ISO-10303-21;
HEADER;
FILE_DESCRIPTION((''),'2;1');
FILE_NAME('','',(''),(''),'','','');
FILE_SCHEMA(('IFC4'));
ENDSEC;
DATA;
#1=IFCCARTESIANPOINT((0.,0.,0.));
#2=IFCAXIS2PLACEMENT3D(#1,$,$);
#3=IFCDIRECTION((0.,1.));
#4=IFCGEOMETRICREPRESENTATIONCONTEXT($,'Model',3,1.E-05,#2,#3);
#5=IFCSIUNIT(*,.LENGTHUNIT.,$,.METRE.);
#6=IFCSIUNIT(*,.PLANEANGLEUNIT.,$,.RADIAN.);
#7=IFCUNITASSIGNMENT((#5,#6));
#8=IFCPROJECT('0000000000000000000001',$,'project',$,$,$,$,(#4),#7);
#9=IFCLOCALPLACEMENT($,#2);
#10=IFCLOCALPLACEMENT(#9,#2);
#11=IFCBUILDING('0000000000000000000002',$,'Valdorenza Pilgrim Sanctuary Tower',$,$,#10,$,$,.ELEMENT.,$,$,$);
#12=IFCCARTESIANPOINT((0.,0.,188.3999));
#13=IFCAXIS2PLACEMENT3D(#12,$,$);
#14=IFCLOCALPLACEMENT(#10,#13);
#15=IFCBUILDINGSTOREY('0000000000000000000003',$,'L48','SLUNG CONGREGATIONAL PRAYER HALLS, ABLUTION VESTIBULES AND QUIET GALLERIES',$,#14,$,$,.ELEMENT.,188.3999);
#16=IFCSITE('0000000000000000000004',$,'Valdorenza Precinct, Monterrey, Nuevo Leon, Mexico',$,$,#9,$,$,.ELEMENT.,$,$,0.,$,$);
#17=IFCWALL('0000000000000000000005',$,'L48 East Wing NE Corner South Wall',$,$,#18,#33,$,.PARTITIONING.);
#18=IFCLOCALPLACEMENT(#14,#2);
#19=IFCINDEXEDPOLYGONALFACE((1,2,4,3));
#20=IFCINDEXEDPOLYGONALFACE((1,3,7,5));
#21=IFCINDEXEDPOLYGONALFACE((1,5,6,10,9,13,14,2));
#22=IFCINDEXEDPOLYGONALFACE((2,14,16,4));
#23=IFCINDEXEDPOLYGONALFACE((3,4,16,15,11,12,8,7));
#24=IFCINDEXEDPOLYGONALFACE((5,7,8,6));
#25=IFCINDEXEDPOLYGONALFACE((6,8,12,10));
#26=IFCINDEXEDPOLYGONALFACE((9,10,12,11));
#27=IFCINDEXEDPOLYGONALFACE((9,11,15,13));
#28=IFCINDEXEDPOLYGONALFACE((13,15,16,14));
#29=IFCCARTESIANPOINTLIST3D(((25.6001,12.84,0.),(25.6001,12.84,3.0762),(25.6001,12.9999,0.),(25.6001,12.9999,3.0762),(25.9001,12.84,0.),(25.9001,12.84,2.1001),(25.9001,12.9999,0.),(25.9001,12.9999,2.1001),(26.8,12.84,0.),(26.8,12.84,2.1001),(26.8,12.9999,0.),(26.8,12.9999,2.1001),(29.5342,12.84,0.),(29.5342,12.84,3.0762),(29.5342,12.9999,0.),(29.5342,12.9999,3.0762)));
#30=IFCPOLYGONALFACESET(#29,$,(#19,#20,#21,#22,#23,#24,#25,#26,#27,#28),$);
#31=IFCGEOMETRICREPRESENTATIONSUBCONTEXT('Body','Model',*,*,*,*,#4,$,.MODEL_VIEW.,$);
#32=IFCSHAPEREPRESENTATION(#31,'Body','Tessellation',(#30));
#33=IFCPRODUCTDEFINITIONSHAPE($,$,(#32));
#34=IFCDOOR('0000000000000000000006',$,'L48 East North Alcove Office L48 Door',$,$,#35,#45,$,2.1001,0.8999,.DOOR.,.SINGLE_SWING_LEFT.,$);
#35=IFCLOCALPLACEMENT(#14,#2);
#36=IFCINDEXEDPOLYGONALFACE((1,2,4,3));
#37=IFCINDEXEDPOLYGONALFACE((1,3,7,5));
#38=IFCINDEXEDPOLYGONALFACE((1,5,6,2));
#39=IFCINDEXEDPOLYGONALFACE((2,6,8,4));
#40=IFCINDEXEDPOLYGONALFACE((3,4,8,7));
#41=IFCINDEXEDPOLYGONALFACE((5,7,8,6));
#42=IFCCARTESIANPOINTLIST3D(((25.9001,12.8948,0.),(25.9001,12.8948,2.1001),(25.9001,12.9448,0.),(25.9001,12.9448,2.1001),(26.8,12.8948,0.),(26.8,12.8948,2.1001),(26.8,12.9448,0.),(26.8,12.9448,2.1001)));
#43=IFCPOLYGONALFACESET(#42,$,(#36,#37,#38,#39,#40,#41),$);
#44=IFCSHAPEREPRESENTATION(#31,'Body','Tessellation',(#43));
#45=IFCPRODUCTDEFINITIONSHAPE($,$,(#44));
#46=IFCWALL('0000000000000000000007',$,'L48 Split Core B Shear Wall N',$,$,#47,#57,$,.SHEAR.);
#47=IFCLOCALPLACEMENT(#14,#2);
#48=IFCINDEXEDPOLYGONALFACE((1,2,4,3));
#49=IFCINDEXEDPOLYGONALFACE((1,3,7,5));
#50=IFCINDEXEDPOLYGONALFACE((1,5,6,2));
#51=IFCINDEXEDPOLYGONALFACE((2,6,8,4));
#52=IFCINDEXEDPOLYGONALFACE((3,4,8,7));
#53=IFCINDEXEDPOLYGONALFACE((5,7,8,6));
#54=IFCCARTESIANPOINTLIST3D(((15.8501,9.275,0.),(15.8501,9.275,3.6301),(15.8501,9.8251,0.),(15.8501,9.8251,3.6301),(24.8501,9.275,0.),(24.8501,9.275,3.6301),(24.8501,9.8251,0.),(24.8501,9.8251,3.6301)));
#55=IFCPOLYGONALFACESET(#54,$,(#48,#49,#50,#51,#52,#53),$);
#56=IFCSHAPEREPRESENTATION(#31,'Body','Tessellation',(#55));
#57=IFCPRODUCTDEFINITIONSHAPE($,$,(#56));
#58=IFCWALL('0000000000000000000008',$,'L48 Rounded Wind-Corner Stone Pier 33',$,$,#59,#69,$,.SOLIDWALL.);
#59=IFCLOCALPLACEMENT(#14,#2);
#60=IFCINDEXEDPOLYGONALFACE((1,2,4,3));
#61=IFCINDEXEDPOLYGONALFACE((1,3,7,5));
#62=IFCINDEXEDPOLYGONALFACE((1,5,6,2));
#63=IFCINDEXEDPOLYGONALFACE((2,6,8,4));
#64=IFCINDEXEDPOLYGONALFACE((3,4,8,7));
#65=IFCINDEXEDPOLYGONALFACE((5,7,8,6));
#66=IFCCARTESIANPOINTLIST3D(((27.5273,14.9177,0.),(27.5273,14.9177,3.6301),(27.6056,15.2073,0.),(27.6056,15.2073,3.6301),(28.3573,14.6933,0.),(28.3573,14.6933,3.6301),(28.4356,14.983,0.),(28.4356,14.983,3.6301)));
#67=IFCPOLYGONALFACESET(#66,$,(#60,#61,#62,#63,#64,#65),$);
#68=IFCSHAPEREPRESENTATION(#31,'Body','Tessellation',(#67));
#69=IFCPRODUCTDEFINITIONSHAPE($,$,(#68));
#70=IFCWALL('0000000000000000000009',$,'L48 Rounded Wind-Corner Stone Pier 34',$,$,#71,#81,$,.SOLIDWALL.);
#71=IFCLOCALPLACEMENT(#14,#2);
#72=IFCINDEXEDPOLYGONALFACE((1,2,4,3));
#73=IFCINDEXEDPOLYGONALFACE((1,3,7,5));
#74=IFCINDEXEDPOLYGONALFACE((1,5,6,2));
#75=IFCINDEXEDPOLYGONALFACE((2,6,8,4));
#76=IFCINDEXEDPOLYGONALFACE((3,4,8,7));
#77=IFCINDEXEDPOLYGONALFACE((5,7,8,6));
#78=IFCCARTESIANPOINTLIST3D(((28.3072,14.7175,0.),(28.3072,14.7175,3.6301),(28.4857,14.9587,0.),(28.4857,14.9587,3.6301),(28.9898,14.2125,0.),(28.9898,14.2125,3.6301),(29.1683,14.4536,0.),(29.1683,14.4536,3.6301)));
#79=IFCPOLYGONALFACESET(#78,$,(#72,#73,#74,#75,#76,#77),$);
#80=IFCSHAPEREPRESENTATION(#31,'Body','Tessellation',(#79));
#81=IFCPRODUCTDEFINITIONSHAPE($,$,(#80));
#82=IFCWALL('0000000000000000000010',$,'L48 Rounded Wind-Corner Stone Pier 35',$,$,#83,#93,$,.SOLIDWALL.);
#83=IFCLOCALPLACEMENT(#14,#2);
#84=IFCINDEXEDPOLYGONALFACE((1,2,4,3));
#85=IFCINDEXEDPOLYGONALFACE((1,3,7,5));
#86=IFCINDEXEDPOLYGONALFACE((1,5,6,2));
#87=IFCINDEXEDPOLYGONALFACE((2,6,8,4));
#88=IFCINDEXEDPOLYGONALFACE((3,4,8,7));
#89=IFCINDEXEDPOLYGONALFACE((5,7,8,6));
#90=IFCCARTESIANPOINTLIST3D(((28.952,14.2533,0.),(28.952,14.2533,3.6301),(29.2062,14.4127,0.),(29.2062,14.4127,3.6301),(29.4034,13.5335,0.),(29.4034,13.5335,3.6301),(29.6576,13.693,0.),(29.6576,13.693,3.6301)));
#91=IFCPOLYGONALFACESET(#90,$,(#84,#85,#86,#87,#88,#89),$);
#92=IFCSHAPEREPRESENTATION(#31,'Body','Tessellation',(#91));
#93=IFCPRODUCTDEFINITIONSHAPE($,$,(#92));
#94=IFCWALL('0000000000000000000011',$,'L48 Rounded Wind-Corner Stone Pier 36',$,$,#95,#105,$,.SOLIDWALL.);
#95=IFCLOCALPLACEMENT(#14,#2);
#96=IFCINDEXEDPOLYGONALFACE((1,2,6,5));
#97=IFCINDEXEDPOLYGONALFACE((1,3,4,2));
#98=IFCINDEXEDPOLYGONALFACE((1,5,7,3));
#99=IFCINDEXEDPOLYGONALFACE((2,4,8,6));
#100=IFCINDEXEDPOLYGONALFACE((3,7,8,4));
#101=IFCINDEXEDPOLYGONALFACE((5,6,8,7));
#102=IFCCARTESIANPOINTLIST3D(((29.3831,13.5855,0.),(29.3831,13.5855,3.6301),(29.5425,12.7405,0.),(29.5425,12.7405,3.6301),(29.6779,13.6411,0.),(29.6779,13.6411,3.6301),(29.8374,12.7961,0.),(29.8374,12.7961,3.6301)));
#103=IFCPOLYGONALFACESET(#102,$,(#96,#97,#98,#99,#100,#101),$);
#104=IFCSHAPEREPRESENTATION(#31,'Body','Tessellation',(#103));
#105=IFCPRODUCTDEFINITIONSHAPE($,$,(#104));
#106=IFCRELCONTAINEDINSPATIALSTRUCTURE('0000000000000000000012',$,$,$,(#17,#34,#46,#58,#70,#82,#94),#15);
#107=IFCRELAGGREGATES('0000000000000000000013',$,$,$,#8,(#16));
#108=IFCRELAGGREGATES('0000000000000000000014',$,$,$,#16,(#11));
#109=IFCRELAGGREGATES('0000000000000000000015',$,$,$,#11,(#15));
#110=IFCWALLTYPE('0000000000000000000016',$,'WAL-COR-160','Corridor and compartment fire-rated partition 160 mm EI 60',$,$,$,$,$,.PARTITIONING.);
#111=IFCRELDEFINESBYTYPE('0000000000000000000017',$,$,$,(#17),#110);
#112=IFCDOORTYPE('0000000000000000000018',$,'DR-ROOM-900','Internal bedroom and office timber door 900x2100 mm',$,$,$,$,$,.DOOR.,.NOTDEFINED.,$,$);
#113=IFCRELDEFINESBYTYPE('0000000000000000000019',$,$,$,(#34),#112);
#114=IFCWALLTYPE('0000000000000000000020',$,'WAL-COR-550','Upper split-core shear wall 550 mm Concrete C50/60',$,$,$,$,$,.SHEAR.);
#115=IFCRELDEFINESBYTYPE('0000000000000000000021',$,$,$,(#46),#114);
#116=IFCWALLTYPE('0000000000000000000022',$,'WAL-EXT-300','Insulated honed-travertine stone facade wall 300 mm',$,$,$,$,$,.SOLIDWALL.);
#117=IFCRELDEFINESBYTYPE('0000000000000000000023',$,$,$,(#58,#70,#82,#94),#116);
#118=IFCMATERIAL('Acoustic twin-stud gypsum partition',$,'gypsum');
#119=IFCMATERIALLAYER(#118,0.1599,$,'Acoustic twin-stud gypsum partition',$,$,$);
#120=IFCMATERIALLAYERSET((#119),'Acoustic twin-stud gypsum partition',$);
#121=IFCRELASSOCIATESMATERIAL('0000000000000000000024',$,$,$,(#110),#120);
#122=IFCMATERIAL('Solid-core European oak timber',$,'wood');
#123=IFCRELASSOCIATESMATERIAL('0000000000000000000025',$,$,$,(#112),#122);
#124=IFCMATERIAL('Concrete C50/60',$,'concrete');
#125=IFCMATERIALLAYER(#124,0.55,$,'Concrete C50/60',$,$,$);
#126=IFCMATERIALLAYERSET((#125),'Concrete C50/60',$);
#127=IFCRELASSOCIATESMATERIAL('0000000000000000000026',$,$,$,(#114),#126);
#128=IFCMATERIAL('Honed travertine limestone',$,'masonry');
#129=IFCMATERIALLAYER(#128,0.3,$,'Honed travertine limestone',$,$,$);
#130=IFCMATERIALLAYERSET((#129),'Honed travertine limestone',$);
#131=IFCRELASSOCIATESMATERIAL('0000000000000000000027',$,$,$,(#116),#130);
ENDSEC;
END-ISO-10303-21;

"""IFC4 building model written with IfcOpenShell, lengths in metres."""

from ifc_helpers import new_model, si_unit, direction, frame, frame_2d, origin, place, context, subcontext, project, spatial, rectangle, extrude, material, layer, layer_set, type_object, element, fill, save


model = new_model("IFC4")

# Units and contexts
model_context = context("Model", 3, precision=1e-05, world=origin(), true_north=direction((0.0, 1.0)))
body_context = subcontext(model_context, "Body", "Model", "MODEL_VIEW")
ifc_project = project(units=[si_unit("LENGTHUNIT", "METRE"), si_unit("PLANEANGLEUNIT", "RADIAN")], contexts=[model_context])

# Site, building, storey
site_placement = place(None, origin())
site = spatial("IfcSite", under=ifc_project, at=site_placement, Name="Valdorenza Precinct, Monterrey, Nuevo Leon, Mexico", CompositionType="ELEMENT", RefElevation=0.0)
building_placement = place(site_placement, origin())
building = spatial("IfcBuilding", under=site, at=building_placement, Name="Valdorenza Pilgrim Sanctuary Tower", CompositionType="ELEMENT")
storey_placement = place(building_placement, frame((0.0, 0.0, 188.3999)))
storey = spatial("IfcBuildingStorey", under=building, at=storey_placement, Name="L48", Description="SLUNG CONGREGATIONAL PRAYER HALLS, ABLUTION VESTIBULES AND QUIET GALLERIES", CompositionType="ELEMENT", Elevation=188.3999)

# Shared definitions
ifc_material_1 = material(Name="Concrete C50/60", Category="concrete")

# Shared definitions
ifc_material_2 = material(Name="Honed travertine limestone", Category="masonry")

# Shared definitions
ifc_material_3 = material(Name="Acoustic twin-stud gypsum partition", Category="gypsum")
ifc_layer_1 = layer(ifc_material_3, 0.1599, Name="Acoustic twin-stud gypsum partition")
ifc_layer_set_1 = layer_set([ifc_layer_1], Name="Acoustic twin-stud gypsum partition")
wall_type_1 = type_object("IfcWallType", Name="WAL-COR-160", Description="Corridor and compartment fire-rated partition 160 mm EI 60", PredefinedType="PARTITIONING", material=ifc_layer_set_1)

# Wall, opening, door
wall_1_placement = place(storey_placement, frame((25.6001, 12.9199, 0.0), z_axis=(0.0, 0.0, 1.0), x_axis=(1.0, 0.0, 0.0)))
wall_1 = element("IfcWall", 1, at=wall_1_placement, inside=storey, type_object=wall_type_1, Name="L48 East Wing NE Corner South Wall", PredefinedType="PARTITIONING", context=body_context, shape_type="SweptSolid", body=[
    extrude(rectangle(XDim=3.9341, YDim=0.1599, at=frame_2d((1.967, 0.0))), origin(), (0.0, 0.0, 1.0), 3.0762),
])
opening_placement = place(wall_1_placement, frame((0.3, 0.0, 0.0)))
opening = element("IfcOpeningElement", 2, at=opening_placement, cuts=wall_1, PredefinedType="OPENING", context=body_context, shape_type="SweptSolid", body=[
    extrude(rectangle(XDim=0.8999, YDim=2.1001, at=frame_2d((0.45, 1.05))), frame((0.0, 0.0947, 0.0), z_axis=(0.0, -1.0, 0.0), x_axis=(1.0, 0.0, 0.0)), (0.0, 0.0, 1.0), 0.1897),
])
ifc_material_4 = material(Name="Solid-core European oak timber", Category="wood")
door_type = type_object("IfcDoorType", Name="DR-ROOM-900", Description="Internal bedroom and office timber door 900x2100 mm", OperationType="NOTDEFINED", PredefinedType="DOOR", material=ifc_material_4)
door_placement = place(opening_placement, origin())
door = element("IfcDoor", 3, at=door_placement, inside=storey, type_object=door_type, Name="L48 East North Alcove Office L48 Door", OperationType="SINGLE_SWING_LEFT", OverallHeight=2.1001, OverallWidth=0.8999, PredefinedType="DOOR", context=body_context, shape_type="SweptSolid", body=[
    extrude(rectangle(XDim=0.8999, YDim=2.1001, at=frame_2d((0.45, 1.05))), frame((0.0, 0.0249, 0.0), z_axis=(0.0, -1.0, 0.0), x_axis=(1.0, 0.0, 0.0)), (0.0, 0.0, 1.0), 0.05),
])
fill(opening, door)

# Walls
ifc_layer_2 = layer(ifc_material_1, 0.55, Name="Concrete C50/60")
ifc_layer_set_2 = layer_set([ifc_layer_2], Name="Concrete C50/60")
wall_type_2 = type_object("IfcWallType", Name="WAL-COR-550", Description="Upper split-core shear wall 550 mm Concrete C50/60", PredefinedType="SHEAR", material=ifc_layer_set_2)
wall_2_placement = place(storey_placement, frame((15.8501, 9.55, 0.0), z_axis=(0.0, 0.0, 1.0), x_axis=(1.0, 0.0, 0.0)))
element("IfcWall", 4, at=wall_2_placement, inside=storey, type_object=wall_type_2, Name="L48 Split Core B Shear Wall N", PredefinedType="SHEAR", context=body_context, shape_type="SweptSolid", body=[
    extrude(rectangle(XDim=9.0, YDim=0.55, at=frame_2d((4.5, 0.0))), origin(), (0.0, 0.0, 1.0), 3.6301),
])
ifc_layer_3 = layer(ifc_material_2, 0.3, Name="Honed travertine limestone")
ifc_layer_set_3 = layer_set([ifc_layer_3], Name="Honed travertine limestone")
wall_type_3 = type_object("IfcWallType", Name="WAL-EXT-300", Description="Insulated honed-travertine stone facade wall 300 mm", PredefinedType="SOLIDWALL", material=ifc_layer_set_3)
wall_3_placement = place(storey_placement, frame((27.5664, 15.0625, 0.0), z_axis=(0.0, 0.0, 1.0), x_axis=(0.965358, -0.26093, 0.0)))
element("IfcWall", 5, at=wall_3_placement, inside=storey, type_object=wall_type_3, Name="L48 Rounded Wind-Corner Stone Pier 33", PredefinedType="SOLIDWALL", context=body_context, shape_type="SweptSolid", body=[
    extrude(rectangle(XDim=0.8599, YDim=0.3, at=frame_2d((0.4299, 0.0))), origin(), (0.0, 0.0, 1.0), 3.6301),
])
wall_4_placement = place(storey_placement, frame((28.3965, 14.8381, 0.0), z_axis=(0.0, 0.0, 1.0), x_axis=(0.803847, -0.594836, 0.0)))
element("IfcWall", 6, at=wall_4_placement, inside=storey, type_object=wall_type_3, Name="L48 Rounded Wind-Corner Stone Pier 34", PredefinedType="SOLIDWALL", context=body_context, shape_type="SweptSolid", body=[
    extrude(rectangle(XDim=0.8491, YDim=0.3, at=frame_2d((0.4246, 0.0))), origin(), (0.0, 0.0, 1.0), 3.6301),
])
wall_5_placement = place(storey_placement, frame((29.0791, 14.333, 0.0), z_axis=(0.0, 0.0, 1.0), x_axis=(0.531341, -0.847158, 0.0)))
element("IfcWall", 7, at=wall_5_placement, inside=storey, type_object=wall_type_3, Name="L48 Rounded Wind-Corner Stone Pier 35", PredefinedType="SOLIDWALL", context=body_context, shape_type="SweptSolid", body=[
    extrude(rectangle(XDim=0.8496, YDim=0.3, at=frame_2d((0.4248, 0.0))), origin(), (0.0, 0.0, 1.0), 3.6301),
])
wall_6_placement = place(storey_placement, frame((29.5305, 13.6133, 0.0), z_axis=(0.0, 0.0, 1.0), x_axis=(0.185403, -0.982663, 0.0)))
element("IfcWall", 8, at=wall_6_placement, inside=storey, type_object=wall_type_3, Name="L48 Rounded Wind-Corner Stone Pier 36", PredefinedType="SOLIDWALL", context=body_context, shape_type="SweptSolid", body=[
    extrude(rectangle(XDim=0.8599, YDim=0.3, at=frame_2d((0.4299, 0.0))), origin(), (0.0, 0.0, 1.0), 3.6301),
])

save(model, "model.ifc")
